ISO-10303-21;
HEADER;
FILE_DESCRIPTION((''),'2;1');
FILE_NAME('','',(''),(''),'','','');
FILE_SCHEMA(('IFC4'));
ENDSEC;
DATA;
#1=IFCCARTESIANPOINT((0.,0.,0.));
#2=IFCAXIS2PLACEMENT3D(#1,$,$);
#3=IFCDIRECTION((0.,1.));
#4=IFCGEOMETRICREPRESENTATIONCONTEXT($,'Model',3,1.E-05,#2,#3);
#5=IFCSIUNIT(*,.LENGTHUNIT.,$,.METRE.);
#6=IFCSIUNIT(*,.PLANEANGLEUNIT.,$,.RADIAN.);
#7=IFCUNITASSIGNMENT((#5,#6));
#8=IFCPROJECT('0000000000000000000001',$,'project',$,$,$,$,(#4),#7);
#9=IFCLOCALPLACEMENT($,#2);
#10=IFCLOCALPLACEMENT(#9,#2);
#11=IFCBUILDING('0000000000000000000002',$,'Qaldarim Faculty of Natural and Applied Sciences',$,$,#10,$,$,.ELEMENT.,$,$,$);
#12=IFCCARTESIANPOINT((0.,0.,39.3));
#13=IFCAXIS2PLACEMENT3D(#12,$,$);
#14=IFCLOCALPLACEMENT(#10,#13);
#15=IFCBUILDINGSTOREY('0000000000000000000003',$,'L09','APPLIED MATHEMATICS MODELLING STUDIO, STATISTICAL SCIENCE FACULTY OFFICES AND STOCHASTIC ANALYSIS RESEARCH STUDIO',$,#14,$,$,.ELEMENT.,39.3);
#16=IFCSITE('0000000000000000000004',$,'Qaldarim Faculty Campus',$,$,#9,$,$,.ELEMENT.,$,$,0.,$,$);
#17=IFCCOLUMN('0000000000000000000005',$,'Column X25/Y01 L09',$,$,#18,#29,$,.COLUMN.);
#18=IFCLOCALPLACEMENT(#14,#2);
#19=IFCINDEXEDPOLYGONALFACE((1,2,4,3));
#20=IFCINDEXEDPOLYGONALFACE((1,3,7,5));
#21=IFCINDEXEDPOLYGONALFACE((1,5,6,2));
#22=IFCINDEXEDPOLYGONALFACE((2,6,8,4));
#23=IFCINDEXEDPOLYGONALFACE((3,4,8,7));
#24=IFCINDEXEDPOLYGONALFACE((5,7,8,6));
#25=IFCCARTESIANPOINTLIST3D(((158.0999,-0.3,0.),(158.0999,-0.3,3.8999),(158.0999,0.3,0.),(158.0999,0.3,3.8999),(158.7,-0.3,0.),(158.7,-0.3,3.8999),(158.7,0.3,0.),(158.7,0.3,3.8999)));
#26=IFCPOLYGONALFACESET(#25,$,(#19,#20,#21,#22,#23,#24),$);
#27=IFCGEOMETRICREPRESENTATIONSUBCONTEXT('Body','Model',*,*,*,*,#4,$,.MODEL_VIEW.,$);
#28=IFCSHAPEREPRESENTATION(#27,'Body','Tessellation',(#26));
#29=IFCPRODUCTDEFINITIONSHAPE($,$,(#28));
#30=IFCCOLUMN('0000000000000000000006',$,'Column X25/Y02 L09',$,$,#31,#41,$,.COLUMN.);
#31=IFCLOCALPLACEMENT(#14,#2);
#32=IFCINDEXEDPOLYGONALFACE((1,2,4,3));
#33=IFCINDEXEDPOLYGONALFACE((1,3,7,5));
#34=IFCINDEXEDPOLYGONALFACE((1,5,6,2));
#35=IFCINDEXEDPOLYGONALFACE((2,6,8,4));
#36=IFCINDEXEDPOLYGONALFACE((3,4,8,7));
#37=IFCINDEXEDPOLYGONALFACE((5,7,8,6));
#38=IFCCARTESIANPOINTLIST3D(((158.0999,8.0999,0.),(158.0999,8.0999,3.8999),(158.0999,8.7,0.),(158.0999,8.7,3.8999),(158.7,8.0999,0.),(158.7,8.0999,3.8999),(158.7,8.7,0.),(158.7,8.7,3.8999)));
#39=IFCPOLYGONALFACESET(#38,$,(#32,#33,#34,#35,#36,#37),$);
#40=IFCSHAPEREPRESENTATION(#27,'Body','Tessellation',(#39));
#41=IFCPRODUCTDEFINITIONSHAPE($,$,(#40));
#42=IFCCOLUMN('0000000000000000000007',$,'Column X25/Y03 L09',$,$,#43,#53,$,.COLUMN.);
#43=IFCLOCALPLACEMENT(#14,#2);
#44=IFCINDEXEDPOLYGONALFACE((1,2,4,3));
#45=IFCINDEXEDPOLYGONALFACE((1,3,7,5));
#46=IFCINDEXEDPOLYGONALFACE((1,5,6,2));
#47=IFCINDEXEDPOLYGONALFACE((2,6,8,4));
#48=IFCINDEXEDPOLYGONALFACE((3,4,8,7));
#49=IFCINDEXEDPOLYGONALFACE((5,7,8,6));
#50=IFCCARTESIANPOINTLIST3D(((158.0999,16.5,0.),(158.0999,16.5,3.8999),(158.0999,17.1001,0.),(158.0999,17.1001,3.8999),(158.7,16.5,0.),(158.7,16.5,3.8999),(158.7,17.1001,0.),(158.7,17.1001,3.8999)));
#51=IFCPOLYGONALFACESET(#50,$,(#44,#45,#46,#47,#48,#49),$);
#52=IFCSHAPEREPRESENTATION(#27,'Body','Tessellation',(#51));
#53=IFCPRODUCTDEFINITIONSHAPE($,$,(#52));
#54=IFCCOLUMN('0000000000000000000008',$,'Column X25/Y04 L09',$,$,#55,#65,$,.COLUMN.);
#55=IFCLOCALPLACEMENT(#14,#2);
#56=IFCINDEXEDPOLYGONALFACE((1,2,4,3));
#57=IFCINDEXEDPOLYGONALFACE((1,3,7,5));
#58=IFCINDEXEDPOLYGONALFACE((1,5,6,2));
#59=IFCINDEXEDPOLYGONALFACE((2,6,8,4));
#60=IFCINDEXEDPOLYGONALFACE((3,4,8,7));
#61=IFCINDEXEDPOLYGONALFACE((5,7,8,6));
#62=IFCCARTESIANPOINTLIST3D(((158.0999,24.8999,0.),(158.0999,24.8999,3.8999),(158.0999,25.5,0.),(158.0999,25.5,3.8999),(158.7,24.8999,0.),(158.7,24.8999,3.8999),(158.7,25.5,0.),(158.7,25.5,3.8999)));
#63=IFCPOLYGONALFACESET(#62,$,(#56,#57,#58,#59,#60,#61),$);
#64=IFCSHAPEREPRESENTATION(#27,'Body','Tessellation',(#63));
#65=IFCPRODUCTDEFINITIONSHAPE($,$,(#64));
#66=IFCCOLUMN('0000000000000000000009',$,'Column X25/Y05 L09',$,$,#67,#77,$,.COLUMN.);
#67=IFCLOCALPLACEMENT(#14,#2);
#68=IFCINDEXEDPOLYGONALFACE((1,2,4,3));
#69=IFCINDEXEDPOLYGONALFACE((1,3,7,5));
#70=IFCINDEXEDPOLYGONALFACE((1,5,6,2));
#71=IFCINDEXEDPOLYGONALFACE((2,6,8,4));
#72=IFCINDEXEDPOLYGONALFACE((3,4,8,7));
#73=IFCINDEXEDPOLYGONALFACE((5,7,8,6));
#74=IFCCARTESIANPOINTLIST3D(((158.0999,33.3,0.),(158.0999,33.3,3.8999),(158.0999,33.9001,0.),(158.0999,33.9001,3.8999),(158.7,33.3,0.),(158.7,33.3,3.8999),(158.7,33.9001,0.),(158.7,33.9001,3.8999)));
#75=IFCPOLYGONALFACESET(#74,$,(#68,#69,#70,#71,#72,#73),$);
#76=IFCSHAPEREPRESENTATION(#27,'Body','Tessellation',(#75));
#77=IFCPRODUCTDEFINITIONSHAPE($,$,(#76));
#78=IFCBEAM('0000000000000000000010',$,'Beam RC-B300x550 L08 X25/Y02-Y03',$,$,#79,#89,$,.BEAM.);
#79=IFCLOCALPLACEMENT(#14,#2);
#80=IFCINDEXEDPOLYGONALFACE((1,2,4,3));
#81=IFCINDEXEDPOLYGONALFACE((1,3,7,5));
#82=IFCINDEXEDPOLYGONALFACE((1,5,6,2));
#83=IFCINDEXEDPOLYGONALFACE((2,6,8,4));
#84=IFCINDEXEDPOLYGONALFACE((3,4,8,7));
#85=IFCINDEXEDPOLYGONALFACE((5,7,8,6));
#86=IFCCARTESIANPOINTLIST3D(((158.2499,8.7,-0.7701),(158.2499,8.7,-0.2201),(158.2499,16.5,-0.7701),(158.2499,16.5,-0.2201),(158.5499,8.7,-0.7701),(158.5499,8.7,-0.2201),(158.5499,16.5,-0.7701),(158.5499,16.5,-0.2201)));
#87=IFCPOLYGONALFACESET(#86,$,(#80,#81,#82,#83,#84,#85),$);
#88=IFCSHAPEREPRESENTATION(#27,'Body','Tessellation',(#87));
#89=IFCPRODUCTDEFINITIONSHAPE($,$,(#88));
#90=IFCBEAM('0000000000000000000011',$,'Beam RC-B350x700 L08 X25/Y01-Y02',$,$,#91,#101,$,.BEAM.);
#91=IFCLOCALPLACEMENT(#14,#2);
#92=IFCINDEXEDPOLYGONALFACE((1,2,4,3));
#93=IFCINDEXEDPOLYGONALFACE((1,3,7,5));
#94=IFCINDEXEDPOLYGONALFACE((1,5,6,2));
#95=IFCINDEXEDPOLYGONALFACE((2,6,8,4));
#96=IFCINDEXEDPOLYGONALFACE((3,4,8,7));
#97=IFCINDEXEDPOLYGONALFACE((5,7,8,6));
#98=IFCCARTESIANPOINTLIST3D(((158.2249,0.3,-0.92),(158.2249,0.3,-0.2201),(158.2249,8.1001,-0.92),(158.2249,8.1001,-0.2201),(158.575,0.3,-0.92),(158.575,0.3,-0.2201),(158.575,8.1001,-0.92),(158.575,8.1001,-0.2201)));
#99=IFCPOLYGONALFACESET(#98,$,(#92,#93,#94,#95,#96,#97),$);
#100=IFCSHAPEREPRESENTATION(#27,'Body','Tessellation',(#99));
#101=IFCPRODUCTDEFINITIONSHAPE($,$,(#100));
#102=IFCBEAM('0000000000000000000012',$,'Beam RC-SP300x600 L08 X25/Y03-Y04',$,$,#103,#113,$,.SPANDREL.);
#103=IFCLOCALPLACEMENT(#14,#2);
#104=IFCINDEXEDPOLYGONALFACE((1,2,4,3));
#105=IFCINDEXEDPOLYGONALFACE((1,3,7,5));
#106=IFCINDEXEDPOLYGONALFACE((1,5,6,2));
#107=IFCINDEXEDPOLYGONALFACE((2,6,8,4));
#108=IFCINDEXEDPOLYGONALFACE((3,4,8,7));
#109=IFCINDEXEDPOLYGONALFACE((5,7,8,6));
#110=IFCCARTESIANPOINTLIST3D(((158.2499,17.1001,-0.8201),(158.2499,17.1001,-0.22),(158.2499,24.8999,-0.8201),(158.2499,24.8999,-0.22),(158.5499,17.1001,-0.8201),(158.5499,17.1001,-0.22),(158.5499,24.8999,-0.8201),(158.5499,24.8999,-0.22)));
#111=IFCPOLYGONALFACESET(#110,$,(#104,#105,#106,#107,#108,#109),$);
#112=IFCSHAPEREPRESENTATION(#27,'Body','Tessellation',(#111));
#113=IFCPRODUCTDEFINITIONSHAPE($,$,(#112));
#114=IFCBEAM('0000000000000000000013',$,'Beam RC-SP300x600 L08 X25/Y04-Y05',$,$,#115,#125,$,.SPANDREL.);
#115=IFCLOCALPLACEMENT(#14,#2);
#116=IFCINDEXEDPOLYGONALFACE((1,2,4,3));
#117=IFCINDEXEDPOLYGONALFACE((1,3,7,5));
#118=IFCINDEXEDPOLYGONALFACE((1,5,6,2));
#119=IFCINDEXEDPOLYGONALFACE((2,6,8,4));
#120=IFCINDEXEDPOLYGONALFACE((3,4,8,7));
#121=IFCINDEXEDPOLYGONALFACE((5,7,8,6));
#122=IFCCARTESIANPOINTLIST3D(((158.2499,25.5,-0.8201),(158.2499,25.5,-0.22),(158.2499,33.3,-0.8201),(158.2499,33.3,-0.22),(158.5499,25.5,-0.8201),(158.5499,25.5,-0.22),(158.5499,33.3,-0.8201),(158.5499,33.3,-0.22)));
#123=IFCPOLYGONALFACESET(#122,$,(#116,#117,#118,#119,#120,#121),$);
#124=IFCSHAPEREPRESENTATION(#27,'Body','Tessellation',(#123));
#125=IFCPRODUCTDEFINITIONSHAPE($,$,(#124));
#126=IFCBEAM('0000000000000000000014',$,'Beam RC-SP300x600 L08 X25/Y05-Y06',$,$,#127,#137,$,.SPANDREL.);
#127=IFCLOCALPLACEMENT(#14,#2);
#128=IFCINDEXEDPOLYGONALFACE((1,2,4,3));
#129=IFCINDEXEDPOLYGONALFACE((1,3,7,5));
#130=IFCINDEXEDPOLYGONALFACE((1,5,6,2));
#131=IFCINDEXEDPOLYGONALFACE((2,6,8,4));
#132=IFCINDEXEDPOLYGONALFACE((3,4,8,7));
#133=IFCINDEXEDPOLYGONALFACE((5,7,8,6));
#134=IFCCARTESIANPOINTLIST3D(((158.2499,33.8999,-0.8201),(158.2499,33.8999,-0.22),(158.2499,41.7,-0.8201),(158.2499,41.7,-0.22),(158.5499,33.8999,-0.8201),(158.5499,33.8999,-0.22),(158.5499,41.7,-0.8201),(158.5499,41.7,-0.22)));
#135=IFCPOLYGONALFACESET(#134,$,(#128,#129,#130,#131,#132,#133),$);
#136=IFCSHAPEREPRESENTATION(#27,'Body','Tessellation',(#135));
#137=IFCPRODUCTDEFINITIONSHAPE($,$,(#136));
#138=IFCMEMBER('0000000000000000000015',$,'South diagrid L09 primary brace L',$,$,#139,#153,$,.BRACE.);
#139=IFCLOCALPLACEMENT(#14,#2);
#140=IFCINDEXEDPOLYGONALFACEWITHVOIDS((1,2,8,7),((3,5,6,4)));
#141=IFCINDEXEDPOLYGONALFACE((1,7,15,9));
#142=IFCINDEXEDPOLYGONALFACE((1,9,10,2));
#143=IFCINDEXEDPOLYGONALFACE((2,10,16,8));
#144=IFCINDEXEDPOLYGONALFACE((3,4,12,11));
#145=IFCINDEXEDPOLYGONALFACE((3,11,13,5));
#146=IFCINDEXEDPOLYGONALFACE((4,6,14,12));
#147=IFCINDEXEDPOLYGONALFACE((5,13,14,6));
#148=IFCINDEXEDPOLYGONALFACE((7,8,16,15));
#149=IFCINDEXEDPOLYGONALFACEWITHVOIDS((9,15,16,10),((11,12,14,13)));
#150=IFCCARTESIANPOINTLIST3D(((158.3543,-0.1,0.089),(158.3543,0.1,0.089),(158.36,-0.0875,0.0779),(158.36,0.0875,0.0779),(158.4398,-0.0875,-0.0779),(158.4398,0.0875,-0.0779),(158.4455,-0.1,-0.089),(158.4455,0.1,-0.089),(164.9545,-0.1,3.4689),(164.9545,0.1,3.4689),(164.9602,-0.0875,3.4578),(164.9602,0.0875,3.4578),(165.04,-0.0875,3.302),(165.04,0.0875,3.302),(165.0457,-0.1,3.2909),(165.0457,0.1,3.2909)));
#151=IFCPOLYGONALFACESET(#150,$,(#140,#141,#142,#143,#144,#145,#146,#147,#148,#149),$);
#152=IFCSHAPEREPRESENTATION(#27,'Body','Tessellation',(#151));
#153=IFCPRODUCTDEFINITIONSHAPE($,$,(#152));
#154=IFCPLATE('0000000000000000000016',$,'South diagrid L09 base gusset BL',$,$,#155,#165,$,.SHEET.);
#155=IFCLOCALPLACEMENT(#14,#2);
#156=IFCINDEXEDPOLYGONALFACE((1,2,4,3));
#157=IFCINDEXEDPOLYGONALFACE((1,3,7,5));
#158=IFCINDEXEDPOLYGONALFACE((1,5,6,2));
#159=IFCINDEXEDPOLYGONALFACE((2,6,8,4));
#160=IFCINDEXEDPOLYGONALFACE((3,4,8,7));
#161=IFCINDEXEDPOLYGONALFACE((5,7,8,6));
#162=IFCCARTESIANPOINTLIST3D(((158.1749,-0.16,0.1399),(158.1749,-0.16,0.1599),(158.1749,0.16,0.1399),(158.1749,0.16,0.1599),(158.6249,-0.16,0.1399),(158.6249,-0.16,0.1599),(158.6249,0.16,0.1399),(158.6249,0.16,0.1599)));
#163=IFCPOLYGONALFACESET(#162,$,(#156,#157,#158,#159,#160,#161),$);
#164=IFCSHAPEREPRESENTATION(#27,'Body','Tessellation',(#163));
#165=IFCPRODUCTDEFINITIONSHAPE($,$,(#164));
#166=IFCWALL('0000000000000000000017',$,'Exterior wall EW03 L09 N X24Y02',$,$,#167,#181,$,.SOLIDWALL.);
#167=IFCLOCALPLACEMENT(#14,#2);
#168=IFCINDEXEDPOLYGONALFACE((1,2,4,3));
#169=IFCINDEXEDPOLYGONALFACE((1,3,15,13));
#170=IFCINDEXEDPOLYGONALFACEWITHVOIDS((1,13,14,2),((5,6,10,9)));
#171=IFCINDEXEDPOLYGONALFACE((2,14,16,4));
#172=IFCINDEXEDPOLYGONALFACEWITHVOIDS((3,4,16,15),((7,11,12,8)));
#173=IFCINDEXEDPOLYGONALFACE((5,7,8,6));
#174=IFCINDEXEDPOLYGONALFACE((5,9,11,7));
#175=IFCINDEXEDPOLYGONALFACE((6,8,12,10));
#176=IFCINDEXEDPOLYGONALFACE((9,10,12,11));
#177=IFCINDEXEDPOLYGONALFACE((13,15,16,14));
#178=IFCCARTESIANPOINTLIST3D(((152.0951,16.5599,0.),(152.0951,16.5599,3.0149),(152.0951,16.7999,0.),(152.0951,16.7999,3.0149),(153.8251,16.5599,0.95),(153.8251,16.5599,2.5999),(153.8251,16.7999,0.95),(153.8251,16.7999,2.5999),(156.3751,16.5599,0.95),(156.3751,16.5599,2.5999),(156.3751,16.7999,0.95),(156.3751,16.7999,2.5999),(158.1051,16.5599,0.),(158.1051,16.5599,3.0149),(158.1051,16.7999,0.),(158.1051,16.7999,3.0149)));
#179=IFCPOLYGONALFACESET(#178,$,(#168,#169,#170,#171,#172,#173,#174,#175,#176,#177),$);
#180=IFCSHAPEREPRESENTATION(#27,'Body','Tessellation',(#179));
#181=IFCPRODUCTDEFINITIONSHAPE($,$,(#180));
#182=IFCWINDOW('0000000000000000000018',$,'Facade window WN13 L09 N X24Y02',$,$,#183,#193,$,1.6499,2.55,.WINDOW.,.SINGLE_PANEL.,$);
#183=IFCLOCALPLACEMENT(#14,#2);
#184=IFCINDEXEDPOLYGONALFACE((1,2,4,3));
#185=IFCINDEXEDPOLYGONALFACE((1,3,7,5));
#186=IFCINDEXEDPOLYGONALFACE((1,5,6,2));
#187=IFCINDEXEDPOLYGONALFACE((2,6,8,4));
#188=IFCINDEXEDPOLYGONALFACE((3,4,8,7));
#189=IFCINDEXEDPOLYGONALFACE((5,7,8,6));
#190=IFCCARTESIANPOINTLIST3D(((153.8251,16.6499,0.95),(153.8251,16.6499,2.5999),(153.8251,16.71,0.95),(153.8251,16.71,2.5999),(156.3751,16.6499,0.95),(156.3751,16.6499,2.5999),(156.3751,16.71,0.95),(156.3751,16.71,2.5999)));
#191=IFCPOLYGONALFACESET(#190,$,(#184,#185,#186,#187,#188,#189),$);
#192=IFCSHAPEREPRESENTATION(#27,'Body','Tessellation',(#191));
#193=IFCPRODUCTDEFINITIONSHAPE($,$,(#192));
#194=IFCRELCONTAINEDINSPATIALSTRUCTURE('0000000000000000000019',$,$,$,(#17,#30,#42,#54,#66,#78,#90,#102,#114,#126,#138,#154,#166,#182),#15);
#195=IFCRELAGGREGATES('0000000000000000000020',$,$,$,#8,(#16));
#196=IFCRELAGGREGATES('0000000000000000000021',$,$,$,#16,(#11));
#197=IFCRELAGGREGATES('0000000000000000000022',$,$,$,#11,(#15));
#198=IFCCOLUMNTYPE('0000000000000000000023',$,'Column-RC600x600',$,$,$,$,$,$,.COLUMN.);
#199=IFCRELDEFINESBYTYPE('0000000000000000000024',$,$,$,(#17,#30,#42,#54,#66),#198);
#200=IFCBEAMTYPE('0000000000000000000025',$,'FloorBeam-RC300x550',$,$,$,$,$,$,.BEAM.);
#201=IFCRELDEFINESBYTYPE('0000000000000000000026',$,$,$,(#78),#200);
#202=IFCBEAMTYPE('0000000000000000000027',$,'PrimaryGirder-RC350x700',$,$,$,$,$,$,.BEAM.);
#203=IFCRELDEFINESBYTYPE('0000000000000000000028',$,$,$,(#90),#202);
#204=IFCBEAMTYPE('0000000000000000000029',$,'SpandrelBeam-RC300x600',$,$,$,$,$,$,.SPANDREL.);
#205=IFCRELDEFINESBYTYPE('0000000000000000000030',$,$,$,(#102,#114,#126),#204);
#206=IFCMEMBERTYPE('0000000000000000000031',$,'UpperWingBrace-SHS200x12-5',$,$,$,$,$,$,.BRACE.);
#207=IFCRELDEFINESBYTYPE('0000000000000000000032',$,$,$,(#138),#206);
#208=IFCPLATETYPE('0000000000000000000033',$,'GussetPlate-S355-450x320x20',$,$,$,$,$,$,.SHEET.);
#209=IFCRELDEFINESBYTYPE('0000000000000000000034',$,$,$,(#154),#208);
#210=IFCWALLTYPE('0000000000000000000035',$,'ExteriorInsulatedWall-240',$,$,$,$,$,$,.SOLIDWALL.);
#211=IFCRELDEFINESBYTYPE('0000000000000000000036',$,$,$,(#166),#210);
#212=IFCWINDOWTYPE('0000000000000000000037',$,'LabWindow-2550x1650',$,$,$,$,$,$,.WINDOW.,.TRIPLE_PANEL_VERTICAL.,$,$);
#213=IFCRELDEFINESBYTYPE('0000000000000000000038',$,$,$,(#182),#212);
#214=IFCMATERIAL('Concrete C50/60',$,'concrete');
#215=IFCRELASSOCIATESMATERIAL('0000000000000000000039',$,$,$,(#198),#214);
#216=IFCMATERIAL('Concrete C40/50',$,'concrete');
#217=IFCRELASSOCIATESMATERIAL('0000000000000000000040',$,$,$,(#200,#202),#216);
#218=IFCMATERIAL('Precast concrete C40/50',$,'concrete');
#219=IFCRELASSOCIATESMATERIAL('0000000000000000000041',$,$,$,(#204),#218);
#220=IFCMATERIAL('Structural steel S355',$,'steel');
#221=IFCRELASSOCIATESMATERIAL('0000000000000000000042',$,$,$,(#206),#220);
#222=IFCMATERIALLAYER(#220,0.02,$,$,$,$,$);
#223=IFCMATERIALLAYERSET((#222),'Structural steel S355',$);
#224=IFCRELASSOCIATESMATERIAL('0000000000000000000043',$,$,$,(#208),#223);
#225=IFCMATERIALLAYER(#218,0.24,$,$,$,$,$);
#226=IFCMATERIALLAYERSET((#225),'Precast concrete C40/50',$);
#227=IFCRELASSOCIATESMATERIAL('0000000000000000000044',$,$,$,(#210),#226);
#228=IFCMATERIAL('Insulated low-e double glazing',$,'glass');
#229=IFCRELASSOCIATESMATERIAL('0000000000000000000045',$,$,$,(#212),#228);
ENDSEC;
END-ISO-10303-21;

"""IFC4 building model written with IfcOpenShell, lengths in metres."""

from ifc_helpers import new_model, si_unit, direction, frame, frame_2d, origin, origin_2d, place, context, subcontext, project, spatial, rectangle, hollow_rectangle, extrude, material, layer, layer_set, material_profile, profile_set, type_object, element, fill, save


model = new_model("IFC4")

# Units and contexts
model_context = context("Model", 3, precision=1e-05, world=origin(), true_north=direction((0.0, 1.0)))
body_context = subcontext(model_context, "Body", "Model", "MODEL_VIEW")
ifc_project = project(units=[si_unit("LENGTHUNIT", "METRE"), si_unit("PLANEANGLEUNIT", "RADIAN")], contexts=[model_context])

# Site, building, storey
site_placement = place(None, origin())
site = spatial("IfcSite", under=ifc_project, at=site_placement, Name="Qaldarim Faculty Campus", CompositionType="ELEMENT", RefElevation=0.0)
building_placement = place(site_placement, origin())
building = spatial("IfcBuilding", under=site, at=building_placement, Name="Qaldarim Faculty of Natural and Applied Sciences", CompositionType="ELEMENT")
storey_placement = place(building_placement, frame((0.0, 0.0, 39.3)))
storey = spatial("IfcBuildingStorey", under=building, at=storey_placement, Name="L09", Description="APPLIED MATHEMATICS MODELLING STUDIO, STATISTICAL SCIENCE FACULTY OFFICES AND STOCHASTIC ANALYSIS RESEARCH STUDIO", CompositionType="ELEMENT", Elevation=39.3)

# Columns
ifc_material_1 = material(Name="Concrete C50/60", Category="concrete")
ifc_material_profile_1 = material_profile(ifc_material_1, rectangle(XDim=0.6001, YDim=0.6001, at=origin_2d()), Name="RC-C600x600")
ifc_profile_set_1 = profile_set([ifc_material_profile_1], Name="Concrete C50/60")
column_type = type_object("IfcColumnType", Name="Column-RC600x600", PredefinedType="COLUMN", material=ifc_profile_set_1)
for number, where, z_axis, x_axis, name in (
    (1, (158.3999, 0.0, 0.0), (0.0, 0.0, 1.0), (1.0, 0.0, 0.0), "Column X25/Y01 L09"),
    (2, (158.3999, 8.3999, 0.0), (0.0, 0.0, 1.0), (1.0, 0.0, 0.0), "Column X25/Y02 L09"),
    (3, (158.3999, 16.8, 0.0), (0.0, 0.0, 1.0), (1.0, 0.0, 0.0), "Column X25/Y03 L09"),
    (4, (158.3999, 25.2, 0.0), (0.0, 0.0, 1.0), (1.0, 0.0, 0.0), "Column X25/Y04 L09"),
    (5, (158.3999, 33.6001, 0.0), (0.0, 0.0, 1.0), (1.0, 0.0, 0.0), "Column X25/Y05 L09"),
):
    element("IfcColumn", number, at=place(storey_placement, frame(where, z_axis=z_axis, x_axis=x_axis)), inside=storey, type_object=column_type, Name=name, PredefinedType="COLUMN", context=body_context, shape_type="SweptSolid", body=[
        extrude(rectangle(XDim=0.6001, YDim=0.6001, at=origin_2d()), origin(), (0.0, 0.0, 1.0), 3.8999),
    ])

# Beams
ifc_material_2 = material(Name="Concrete C40/50", Category="concrete")
ifc_material_profile_2 = material_profile(ifc_material_2, rectangle(XDim=0.3, YDim=0.55, at=origin_2d()), Name="RC-B300x550")
ifc_profile_set_2 = profile_set([ifc_material_profile_2], Name="Concrete C40/50")
beam_type_1 = type_object("IfcBeamType", Name="FloorBeam-RC300x550", PredefinedType="BEAM", material=ifc_profile_set_2)
beam_1_placement = place(storey_placement, frame((158.3999, 8.7, -0.4951), z_axis=(0.0, 1.0, 0.0), x_axis=(-1.0, 0.0, 0.0)))
element("IfcBeam", 6, at=beam_1_placement, inside=storey, type_object=beam_type_1, Name="Beam RC-B300x550 L08 X25/Y02-Y03", PredefinedType="BEAM", context=body_context, shape_type="SweptSolid", body=[
    extrude(rectangle(XDim=0.3, YDim=0.55, at=origin_2d()), origin(), (0.0, 0.0, 1.0), 7.8),
])
ifc_material_profile_3 = material_profile(ifc_material_2, rectangle(XDim=0.3501, YDim=0.7, at=origin_2d()), Name="RC-B350x700")
ifc_profile_set_3 = profile_set([ifc_material_profile_3], Name="Concrete C40/50")
beam_type_2 = type_object("IfcBeamType", Name="PrimaryGirder-RC350x700", PredefinedType="BEAM", material=ifc_profile_set_3)
beam_2_placement = place(storey_placement, frame((158.3999, 0.3, -0.5701), z_axis=(0.0, 1.0, 0.0), x_axis=(-1.0, 0.0, 0.0)))
element("IfcBeam", 7, at=beam_2_placement, inside=storey, type_object=beam_type_2, Name="Beam RC-B350x700 L08 X25/Y01-Y02", PredefinedType="BEAM", context=body_context, shape_type="SweptSolid", body=[
    extrude(rectangle(XDim=0.3501, YDim=0.7, at=origin_2d()), origin(), (0.0, 0.0, 1.0), 7.8),
])
ifc_material_3 = material(Name="Precast concrete C40/50", Category="concrete")
ifc_material_profile_4 = material_profile(ifc_material_3, rectangle(XDim=0.3, YDim=0.6001, at=origin_2d()), Name="RC-SP300x600")
ifc_profile_set_4 = profile_set([ifc_material_profile_4], Name="Precast concrete C40/50")
beam_type_3 = type_object("IfcBeamType", Name="SpandrelBeam-RC300x600", PredefinedType="SPANDREL", material=ifc_profile_set_4)
beam_3_placement = place(storey_placement, frame((158.3999, 17.1001, -0.52), z_axis=(0.0, 1.0, 0.0), x_axis=(-1.0, 0.0, 0.0)))
element("IfcBeam", 8, at=beam_3_placement, inside=storey, type_object=beam_type_3, Name="Beam RC-SP300x600 L08 X25/Y03-Y04", PredefinedType="SPANDREL", context=body_context, shape_type="SweptSolid", body=[
    extrude(rectangle(XDim=0.3, YDim=0.6001, at=origin_2d()), origin(), (0.0, 0.0, 1.0), 7.7998),
])
for number, where, z_axis, x_axis, name in (
    (9, (158.3999, 25.5, -0.52), (0.0, 1.0, 0.0), (-1.0, 0.0, 0.0), "Beam RC-SP300x600 L08 X25/Y04-Y05"),
    (10, (158.3999, 33.8999, -0.52), (0.0, 1.0, 0.0), (-1.0, 0.0, 0.0), "Beam RC-SP300x600 L08 X25/Y05-Y06"),
):
    element("IfcBeam", number, at=place(storey_placement, frame(where, z_axis=z_axis, x_axis=x_axis)), inside=storey, type_object=beam_type_3, Name=name, PredefinedType="SPANDREL", context=body_context, shape_type="SweptSolid", body=[
        extrude(rectangle(XDim=0.3, YDim=0.6001, at=origin_2d()), origin(), (0.0, 0.0, 1.0), 7.8),
    ])

# Member
ifc_material_4 = material(Name="Structural steel S355", Category="steel")
ifc_material_profile_5 = material_profile(ifc_material_4, hollow_rectangle(XDim=0.2, YDim=0.2, WallThickness=0.0125, at=origin_2d()), Name="SHS 200x200x12.5")
ifc_profile_set_5 = profile_set([ifc_material_profile_5], Name="Structural steel S355")
member_type = type_object("IfcMemberType", Name="UpperWingBrace-SHS200x12-5", PredefinedType="BRACE", material=ifc_profile_set_5)
member_placement = place(storey_placement, frame((158.3999, 0.0, 0.0), z_axis=(0.890079, 0.0, 0.455806), x_axis=(0.0, 1.0, 0.0)))
element("IfcMember", 11, at=member_placement, inside=storey, type_object=member_type, Name="South diagrid L09 primary brace L", PredefinedType="BRACE", context=body_context, shape_type="SweptSolid", body=[
    extrude(hollow_rectangle(XDim=0.2, YDim=0.2, WallThickness=0.0125, at=origin_2d()), origin(), (0.0, 0.0, 1.0), 7.4153),
])

# Plate
ifc_layer_1 = layer(ifc_material_4, 0.02)
ifc_layer_set_1 = layer_set([ifc_layer_1], Name="Structural steel S355")
plate_type = type_object("IfcPlateType", Name="GussetPlate-S355-450x320x20", PredefinedType="SHEET", material=ifc_layer_set_1)
plate_placement = place(storey_placement, frame((158.3999, 0.0, 0.1399), z_axis=(0.0, 0.0, 1.0), x_axis=(1.0, 0.0, 0.0)))
element("IfcPlate", 12, at=plate_placement, inside=storey, type_object=plate_type, Name="South diagrid L09 base gusset BL", PredefinedType="SHEET", context=body_context, shape_type="SweptSolid", body=[
    extrude(rectangle(XDim=0.45, YDim=0.3201, at=origin_2d()), origin(), (0.0, 0.0, 1.0), 0.02),
])

# Wall, opening, window
ifc_layer_2 = layer(ifc_material_3, 0.24)
ifc_layer_set_2 = layer_set([ifc_layer_2], Name="Precast concrete C40/50")
wall_type_1 = type_object("IfcWallType", Name="ExteriorInsulatedWall-240", PredefinedType="SOLIDWALL", material=ifc_layer_set_2)
wall_1_placement = place(storey_placement, frame((158.105, 16.6799, 0.0), z_axis=(0.0, 0.0, 1.0), x_axis=(-1.0, 0.0, 0.0)))
wall_1 = element("IfcWall", 13, at=wall_1_placement, inside=storey, type_object=wall_type_1, Name="Exterior wall EW03 L09 N X24Y02", PredefinedType="SOLIDWALL", context=body_context, shape_type="SweptSolid", body=[
    extrude(rectangle(XDim=6.01, YDim=0.24, at=frame_2d((3.0049, 0.0))), origin(), (0.0, 0.0, 1.0), 3.0149),
])
opening_1_placement = place(wall_1_placement, frame((1.73, 0.0, 0.95)))
opening_1 = element("IfcOpeningElement", 14, at=opening_1_placement, cuts=wall_1, PredefinedType="OPENING", context=body_context, shape_type="SweptSolid", body=[
    extrude(rectangle(XDim=2.55, YDim=1.6499, at=frame_2d((1.2749, 0.825))), frame((0.0, 0.1299, 0.0), z_axis=(0.0, -1.0, 0.0), x_axis=(1.0, 0.0, 0.0)), (0.0, 0.0, 1.0), 0.26),
])
ifc_material_5 = material(Name="Insulated low-e double glazing", Category="glass")
window_type_1 = type_object("IfcWindowType", Name="LabWindow-2550x1650", PartitioningType="TRIPLE_PANEL_VERTICAL", PredefinedType="WINDOW", material=ifc_material_5)
window_1_placement = place(opening_1_placement, origin())
window_1 = element("IfcWindow", 15, at=window_1_placement, inside=storey, type_object=window_type_1, Name="Facade window WN13 L09 N X24Y02", OverallHeight=1.6499, OverallWidth=2.55, PartitioningType="SINGLE_PANEL", PredefinedType="WINDOW", context=body_context, shape_type="SweptSolid", body=[
    extrude(rectangle(XDim=2.55, YDim=1.6499, at=frame_2d((1.2749, 0.825))), frame((0.0, 0.03, 0.0), z_axis=(0.0, -1.0, 0.0), x_axis=(1.0, 0.0, 0.0)), (0.0, 0.0, 1.0), 0.0601),
])
fill(opening_1, window_1)

save(model, "model.ifc")
